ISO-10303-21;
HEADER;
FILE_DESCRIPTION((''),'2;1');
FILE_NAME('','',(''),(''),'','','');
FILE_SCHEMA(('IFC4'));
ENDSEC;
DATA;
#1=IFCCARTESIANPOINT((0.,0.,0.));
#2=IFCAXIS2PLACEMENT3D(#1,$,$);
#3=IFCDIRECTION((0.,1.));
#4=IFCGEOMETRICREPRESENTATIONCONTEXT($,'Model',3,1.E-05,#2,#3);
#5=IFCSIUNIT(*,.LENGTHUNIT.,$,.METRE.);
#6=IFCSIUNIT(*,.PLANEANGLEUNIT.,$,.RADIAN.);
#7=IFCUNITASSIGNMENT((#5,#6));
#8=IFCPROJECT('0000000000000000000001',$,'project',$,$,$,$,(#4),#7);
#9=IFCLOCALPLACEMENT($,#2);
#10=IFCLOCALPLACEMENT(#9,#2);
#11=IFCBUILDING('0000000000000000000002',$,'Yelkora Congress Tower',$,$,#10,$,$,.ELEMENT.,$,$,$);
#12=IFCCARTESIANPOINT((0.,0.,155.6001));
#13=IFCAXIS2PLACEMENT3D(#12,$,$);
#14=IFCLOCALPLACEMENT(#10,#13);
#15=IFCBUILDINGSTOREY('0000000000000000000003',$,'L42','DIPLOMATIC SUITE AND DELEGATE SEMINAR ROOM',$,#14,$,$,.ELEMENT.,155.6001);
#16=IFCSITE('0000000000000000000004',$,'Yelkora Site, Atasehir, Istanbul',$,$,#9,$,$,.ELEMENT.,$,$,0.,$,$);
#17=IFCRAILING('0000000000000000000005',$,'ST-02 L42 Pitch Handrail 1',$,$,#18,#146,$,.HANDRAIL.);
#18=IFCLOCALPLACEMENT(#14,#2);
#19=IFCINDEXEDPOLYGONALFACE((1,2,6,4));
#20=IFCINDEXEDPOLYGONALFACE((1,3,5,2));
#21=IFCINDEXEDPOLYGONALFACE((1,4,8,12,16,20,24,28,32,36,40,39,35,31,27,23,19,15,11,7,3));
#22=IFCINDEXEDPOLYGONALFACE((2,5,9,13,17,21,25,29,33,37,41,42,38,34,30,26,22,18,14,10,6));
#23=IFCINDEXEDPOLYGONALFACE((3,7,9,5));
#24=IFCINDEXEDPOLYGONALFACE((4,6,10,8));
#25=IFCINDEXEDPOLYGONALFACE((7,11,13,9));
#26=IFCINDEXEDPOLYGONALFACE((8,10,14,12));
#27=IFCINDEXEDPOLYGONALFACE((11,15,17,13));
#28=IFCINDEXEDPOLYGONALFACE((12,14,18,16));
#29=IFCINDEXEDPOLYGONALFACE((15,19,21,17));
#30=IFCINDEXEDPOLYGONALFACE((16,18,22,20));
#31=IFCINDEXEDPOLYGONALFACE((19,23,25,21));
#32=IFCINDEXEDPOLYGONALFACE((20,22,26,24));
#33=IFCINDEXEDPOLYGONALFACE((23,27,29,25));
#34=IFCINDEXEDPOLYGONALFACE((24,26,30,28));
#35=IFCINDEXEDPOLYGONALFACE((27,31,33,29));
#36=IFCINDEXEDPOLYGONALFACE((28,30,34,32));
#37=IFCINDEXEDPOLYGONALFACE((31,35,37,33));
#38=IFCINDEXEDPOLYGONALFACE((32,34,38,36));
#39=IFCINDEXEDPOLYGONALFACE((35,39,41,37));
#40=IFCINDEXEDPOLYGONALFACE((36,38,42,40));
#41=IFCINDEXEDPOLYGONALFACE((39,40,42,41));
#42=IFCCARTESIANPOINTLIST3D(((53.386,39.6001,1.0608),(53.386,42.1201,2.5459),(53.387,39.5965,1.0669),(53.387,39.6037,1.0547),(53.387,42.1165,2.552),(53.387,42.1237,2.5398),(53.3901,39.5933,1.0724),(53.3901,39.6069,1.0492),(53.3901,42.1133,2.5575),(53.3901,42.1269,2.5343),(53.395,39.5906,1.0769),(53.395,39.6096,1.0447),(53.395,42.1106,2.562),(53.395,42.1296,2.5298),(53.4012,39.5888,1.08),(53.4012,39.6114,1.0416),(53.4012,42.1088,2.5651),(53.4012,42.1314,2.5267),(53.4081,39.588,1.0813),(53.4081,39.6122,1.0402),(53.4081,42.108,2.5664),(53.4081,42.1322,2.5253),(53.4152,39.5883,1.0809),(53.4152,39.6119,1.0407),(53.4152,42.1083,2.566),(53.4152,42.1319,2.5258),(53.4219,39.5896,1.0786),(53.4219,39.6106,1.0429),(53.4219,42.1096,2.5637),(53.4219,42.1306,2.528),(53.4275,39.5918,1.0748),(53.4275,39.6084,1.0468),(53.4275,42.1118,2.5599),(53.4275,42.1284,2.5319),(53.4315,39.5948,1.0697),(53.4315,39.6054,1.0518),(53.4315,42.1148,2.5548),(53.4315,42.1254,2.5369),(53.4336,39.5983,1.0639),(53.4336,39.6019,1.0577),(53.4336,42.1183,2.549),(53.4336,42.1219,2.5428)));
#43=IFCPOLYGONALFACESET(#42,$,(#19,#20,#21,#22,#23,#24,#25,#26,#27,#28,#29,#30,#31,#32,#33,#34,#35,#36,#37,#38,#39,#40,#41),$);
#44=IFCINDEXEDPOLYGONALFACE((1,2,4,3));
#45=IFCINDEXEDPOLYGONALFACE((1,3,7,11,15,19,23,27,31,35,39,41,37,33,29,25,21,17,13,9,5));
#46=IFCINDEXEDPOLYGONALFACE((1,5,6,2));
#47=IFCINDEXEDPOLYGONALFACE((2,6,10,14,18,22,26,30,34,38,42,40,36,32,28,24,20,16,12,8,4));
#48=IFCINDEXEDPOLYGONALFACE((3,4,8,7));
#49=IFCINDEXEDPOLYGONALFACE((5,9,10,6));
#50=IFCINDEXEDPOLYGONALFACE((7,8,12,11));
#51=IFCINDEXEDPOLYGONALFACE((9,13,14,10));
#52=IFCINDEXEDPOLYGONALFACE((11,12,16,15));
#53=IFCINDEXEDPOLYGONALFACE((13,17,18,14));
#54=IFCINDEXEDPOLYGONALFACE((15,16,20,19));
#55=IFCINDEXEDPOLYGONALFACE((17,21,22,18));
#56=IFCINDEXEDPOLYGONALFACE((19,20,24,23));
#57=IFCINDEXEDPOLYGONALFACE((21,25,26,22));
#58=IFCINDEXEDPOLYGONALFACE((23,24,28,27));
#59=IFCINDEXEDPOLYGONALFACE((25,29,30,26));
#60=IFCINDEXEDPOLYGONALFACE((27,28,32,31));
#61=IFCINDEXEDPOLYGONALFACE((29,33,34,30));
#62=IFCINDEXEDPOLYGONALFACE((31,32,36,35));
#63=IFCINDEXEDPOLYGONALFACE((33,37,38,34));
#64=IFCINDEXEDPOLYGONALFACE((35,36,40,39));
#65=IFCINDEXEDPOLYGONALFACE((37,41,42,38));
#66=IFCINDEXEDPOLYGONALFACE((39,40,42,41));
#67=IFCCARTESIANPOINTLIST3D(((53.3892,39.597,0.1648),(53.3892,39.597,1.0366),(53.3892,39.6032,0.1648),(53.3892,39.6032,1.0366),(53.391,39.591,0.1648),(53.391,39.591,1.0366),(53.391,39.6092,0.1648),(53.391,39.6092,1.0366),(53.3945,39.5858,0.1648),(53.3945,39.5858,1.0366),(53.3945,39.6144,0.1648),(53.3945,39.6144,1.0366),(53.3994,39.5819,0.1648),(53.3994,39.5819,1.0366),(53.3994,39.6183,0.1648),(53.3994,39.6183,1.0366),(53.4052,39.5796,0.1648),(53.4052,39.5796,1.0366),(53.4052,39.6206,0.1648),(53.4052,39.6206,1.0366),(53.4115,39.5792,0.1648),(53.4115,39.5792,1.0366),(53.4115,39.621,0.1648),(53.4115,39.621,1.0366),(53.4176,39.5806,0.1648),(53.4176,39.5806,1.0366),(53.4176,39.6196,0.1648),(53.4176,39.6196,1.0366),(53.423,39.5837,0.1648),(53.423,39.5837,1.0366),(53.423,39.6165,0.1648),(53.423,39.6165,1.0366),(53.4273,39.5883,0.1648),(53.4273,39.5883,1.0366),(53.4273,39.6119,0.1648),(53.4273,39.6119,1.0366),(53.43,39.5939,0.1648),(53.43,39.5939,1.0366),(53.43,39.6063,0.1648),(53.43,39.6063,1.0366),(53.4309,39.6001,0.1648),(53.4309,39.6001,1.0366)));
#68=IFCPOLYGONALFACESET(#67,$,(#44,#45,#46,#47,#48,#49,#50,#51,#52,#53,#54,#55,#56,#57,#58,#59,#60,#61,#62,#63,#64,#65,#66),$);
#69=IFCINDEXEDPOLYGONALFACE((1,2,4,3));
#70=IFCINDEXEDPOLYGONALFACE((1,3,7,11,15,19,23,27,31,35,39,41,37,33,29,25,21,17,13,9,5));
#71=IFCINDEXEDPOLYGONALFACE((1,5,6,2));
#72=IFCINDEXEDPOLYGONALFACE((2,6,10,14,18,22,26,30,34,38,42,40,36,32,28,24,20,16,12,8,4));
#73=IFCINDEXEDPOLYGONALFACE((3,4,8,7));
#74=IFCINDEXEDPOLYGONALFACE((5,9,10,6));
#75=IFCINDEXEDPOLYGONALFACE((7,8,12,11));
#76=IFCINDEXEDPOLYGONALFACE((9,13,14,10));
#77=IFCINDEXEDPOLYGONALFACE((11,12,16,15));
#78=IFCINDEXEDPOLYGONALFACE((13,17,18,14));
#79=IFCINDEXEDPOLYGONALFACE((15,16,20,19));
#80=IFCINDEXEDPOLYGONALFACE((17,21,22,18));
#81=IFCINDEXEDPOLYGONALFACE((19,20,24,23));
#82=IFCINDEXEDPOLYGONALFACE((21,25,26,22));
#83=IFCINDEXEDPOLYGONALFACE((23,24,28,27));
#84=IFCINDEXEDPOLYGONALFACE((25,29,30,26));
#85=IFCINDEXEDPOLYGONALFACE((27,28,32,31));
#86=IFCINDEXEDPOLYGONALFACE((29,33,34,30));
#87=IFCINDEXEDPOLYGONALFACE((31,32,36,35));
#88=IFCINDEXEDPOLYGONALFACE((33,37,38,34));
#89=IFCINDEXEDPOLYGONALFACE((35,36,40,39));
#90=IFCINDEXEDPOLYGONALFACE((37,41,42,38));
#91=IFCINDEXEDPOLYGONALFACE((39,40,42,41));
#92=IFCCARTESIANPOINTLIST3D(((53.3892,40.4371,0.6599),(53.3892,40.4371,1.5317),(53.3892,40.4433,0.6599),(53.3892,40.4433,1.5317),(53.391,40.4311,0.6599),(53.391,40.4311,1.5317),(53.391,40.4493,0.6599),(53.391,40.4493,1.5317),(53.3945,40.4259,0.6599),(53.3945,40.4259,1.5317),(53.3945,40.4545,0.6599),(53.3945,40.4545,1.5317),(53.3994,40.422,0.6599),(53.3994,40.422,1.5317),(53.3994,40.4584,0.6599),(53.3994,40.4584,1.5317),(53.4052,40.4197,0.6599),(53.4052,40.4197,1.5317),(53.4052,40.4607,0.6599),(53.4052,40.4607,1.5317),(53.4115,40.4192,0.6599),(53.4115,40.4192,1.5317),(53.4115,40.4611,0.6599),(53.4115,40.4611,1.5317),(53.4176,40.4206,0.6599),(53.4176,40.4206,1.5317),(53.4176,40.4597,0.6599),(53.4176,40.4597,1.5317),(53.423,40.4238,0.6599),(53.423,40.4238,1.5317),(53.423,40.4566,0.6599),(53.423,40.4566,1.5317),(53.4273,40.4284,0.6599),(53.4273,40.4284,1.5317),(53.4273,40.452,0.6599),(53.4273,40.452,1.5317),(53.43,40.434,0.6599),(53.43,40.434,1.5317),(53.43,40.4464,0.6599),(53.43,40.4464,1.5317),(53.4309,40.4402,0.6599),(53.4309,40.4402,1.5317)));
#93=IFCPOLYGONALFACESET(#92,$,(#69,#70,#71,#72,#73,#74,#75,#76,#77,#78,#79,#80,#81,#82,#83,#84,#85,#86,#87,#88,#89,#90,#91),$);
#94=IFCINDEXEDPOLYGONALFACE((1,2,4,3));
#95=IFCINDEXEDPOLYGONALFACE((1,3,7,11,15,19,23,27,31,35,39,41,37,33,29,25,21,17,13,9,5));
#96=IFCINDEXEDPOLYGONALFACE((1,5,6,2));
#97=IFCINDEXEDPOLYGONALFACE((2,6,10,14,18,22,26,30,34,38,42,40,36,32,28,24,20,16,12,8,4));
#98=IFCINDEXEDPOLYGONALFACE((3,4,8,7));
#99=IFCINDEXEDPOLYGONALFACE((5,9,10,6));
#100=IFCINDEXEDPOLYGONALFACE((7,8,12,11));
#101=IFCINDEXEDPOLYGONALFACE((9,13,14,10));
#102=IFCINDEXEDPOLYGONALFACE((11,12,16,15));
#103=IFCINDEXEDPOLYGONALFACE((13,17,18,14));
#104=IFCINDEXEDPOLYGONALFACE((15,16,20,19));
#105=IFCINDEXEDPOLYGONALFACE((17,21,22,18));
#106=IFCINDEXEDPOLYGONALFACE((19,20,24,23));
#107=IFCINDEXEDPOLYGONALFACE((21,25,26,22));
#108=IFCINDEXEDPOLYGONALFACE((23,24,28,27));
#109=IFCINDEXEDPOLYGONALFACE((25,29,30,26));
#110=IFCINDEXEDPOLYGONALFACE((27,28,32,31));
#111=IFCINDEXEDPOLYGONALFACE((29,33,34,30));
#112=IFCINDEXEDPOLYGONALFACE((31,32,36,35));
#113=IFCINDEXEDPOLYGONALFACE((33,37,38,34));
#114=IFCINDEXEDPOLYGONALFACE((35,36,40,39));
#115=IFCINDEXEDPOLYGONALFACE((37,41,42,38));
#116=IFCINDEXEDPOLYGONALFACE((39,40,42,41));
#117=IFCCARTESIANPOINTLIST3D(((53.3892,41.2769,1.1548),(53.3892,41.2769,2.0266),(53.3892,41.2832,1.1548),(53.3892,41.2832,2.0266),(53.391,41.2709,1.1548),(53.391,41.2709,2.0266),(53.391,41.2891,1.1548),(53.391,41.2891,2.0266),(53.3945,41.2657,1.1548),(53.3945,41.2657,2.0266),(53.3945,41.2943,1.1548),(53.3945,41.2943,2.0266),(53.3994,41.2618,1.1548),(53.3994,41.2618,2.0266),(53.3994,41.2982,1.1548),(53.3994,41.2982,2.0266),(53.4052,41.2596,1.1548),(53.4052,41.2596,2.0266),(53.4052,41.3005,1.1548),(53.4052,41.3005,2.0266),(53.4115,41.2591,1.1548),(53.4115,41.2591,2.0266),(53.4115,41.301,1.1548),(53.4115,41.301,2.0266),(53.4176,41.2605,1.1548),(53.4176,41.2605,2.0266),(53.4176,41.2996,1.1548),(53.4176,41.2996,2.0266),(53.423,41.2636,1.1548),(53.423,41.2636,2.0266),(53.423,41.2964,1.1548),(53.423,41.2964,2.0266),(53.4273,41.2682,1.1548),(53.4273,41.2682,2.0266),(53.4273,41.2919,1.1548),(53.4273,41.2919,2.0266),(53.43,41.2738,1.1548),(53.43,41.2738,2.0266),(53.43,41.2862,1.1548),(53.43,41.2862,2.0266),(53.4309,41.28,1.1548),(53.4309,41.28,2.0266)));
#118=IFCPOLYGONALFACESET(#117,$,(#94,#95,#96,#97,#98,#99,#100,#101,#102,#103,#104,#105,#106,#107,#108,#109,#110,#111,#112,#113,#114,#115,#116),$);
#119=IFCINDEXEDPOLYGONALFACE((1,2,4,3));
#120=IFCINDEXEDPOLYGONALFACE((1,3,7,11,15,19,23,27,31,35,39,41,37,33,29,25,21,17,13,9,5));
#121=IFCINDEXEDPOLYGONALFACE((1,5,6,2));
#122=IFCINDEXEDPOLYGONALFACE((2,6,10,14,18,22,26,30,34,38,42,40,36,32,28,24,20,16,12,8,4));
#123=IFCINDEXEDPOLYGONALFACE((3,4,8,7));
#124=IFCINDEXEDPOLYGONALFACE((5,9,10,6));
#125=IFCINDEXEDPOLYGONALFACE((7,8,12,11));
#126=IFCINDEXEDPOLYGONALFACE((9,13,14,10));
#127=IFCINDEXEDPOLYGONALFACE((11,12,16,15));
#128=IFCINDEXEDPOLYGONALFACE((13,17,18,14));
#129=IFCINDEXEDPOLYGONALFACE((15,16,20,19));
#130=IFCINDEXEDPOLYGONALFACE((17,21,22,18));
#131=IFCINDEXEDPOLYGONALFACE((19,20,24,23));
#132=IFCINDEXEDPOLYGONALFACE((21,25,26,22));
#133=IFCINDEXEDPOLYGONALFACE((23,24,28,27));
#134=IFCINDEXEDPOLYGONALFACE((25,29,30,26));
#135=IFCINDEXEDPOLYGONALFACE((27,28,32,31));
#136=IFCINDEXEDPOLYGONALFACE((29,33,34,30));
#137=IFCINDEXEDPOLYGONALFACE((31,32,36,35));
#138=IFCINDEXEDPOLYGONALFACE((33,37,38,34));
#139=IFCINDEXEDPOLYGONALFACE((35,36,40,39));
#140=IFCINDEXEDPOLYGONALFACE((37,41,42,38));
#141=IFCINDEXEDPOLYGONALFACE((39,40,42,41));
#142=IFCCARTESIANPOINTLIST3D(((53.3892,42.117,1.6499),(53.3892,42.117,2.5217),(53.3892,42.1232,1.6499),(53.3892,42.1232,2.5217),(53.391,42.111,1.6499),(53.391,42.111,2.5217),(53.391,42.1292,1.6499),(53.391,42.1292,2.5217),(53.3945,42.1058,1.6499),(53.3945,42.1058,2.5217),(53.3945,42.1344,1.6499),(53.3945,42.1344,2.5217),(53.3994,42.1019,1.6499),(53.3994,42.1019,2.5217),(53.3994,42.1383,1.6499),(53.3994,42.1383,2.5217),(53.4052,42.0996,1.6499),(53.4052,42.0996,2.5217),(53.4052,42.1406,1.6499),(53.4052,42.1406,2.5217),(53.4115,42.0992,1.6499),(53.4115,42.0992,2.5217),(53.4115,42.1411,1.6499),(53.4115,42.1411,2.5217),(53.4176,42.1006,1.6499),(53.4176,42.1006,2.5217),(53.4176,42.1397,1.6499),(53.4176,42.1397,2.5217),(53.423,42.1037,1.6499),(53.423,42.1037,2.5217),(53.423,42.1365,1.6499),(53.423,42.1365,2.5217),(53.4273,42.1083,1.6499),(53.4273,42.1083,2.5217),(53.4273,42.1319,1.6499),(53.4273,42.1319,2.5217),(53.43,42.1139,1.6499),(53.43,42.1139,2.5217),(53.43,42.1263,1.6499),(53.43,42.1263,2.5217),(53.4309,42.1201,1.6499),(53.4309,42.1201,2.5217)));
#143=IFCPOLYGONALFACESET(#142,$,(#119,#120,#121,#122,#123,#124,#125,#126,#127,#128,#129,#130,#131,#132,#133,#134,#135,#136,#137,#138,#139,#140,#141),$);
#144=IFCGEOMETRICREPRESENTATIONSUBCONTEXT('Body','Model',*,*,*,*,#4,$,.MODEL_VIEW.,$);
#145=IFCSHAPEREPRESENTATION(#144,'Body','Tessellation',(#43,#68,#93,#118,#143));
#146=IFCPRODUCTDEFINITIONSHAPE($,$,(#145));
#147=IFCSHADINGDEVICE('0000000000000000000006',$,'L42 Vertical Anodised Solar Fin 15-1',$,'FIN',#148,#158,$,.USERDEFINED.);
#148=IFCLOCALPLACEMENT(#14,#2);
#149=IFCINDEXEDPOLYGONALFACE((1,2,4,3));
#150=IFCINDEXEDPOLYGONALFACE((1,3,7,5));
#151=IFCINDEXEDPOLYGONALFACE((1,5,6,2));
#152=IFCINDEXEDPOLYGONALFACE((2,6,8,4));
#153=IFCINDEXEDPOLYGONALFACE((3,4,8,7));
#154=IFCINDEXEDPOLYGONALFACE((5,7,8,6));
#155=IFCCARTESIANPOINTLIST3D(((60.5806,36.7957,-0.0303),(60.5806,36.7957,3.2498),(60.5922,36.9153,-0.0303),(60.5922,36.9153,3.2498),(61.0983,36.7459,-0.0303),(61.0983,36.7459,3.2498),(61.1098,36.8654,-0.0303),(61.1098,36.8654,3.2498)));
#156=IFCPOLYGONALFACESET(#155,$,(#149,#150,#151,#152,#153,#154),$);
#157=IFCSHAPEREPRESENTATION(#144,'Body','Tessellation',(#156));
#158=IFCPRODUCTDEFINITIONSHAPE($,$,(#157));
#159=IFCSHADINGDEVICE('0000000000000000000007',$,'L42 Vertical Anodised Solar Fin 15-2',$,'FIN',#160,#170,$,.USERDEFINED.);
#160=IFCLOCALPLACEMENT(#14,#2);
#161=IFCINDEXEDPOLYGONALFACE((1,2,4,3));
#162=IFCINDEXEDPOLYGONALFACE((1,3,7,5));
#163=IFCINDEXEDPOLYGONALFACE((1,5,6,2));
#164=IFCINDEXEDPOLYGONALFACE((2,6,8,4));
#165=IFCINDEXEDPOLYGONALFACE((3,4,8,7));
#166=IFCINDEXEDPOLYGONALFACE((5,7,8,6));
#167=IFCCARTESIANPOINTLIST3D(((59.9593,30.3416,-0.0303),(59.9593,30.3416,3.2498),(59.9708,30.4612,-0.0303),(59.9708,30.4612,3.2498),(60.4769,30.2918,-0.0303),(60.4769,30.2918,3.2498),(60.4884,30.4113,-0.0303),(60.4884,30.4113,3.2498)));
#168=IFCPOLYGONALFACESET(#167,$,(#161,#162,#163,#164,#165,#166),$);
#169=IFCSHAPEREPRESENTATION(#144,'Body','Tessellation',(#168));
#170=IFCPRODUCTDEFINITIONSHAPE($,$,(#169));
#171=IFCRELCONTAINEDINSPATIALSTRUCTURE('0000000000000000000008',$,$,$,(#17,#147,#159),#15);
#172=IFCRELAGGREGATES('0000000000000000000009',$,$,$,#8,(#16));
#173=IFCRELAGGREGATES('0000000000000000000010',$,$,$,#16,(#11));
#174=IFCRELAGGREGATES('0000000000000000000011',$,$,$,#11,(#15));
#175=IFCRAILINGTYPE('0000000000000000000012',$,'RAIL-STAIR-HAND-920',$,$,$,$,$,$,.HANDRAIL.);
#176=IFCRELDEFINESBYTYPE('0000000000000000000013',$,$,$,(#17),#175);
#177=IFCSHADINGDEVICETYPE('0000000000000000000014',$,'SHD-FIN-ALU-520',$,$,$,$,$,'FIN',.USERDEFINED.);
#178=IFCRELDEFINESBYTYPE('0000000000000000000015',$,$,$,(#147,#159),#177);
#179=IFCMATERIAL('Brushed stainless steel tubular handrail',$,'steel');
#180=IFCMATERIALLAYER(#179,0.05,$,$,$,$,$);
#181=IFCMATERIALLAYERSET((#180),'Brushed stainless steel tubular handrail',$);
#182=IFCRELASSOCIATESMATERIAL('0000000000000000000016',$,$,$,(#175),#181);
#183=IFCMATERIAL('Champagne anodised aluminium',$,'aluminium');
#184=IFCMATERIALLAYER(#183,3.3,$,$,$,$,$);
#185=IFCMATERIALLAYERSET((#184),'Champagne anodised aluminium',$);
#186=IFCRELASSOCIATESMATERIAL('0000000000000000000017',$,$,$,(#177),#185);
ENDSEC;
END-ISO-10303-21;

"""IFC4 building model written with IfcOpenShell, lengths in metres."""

from ifc_helpers import new_model, si_unit, direction, frame, origin, origin_2d, place, context, subcontext, project, spatial, rectangle, circle, extrude, material, layer, layer_set, type_object, element, save


model = new_model("IFC4")

# Units and contexts
model_context = context("Model", 3, precision=1e-05, world=origin(), true_north=direction((0.0, 1.0)))
body_context = subcontext(model_context, "Body", "Model", "MODEL_VIEW")
ifc_project = project(units=[si_unit("LENGTHUNIT", "METRE"), si_unit("PLANEANGLEUNIT", "RADIAN")], contexts=[model_context])

# Site, building, storey
site_placement = place(None, origin())
site = spatial("IfcSite", under=ifc_project, at=site_placement, Name="Yelkora Site, Atasehir, Istanbul", CompositionType="ELEMENT", RefElevation=0.0)
building_placement = place(site_placement, origin())
building = spatial("IfcBuilding", under=site, at=building_placement, Name="Yelkora Congress Tower", CompositionType="ELEMENT")
storey_placement = place(building_placement, frame((0.0, 0.0, 155.6001)))
storey = spatial("IfcBuildingStorey", under=building, at=storey_placement, Name="L42", Description="DIPLOMATIC SUITE AND DELEGATE SEMINAR ROOM", CompositionType="ELEMENT", Elevation=155.6001)

# Railing
ifc_material_1 = material(Name="Brushed stainless steel tubular handrail", Category="steel")
ifc_layer_1 = layer(ifc_material_1, 0.05)
ifc_layer_set_1 = layer_set([ifc_layer_1], Name="Brushed stainless steel tubular handrail")
railing_type_1 = type_object("IfcRailingType", Name="RAIL-STAIR-HAND-920", PredefinedType="HANDRAIL", material=ifc_layer_set_1)
railing_1_placement = place(storey_placement, frame((53.4099, 39.6001, 0.1648)))
element("IfcRailing", 1, at=railing_1_placement, inside=storey, type_object=railing_type_1, Name="ST-02 L42 Pitch Handrail 1", PredefinedType="HANDRAIL", context=body_context, shape_type="SweptSolid", body=[
    extrude(circle(Radius=0.0239, at=origin_2d()), frame((0.0, 0.0, 0.896), z_axis=(0.0, 0.861524, 0.507717), x_axis=(-1.0, 0.0, 0.0)), (0.0, 0.0, 1.0), 2.925),
    extrude(circle(Radius=0.021, at=origin_2d()), origin(), (0.0, 0.0, 1.0), 0.8718),
    extrude(circle(Radius=0.021, at=origin_2d()), frame((0.0, 0.8401, 0.4951)), (0.0, 0.0, 1.0), 0.8718),
    extrude(circle(Radius=0.021, at=origin_2d()), frame((0.0, 1.6799, 0.99)), (0.0, 0.0, 1.0), 0.8718),
    extrude(circle(Radius=0.021, at=origin_2d()), frame((0.0, 2.52, 1.4851)), (0.0, 0.0, 1.0), 0.8718),
])

# Shading devices
ifc_material_2 = material(Name="Champagne anodised aluminium", Category="aluminium")
ifc_layer_2 = layer(ifc_material_2, 3.3)
ifc_layer_set_2 = layer_set([ifc_layer_2], Name="Champagne anodised aluminium")
shading_device_type = type_object("IfcShadingDeviceType", Name="SHD-FIN-ALU-520", ElementType="FIN", PredefinedType="USERDEFINED", material=ifc_layer_set_2)
for number, where, z_axis, x_axis, name in (
    (2, (60.8452, 36.8306, -0.0303), (0.0, 0.0, 1.0), (-0.095846, -0.995396, 0.0), "L42 Vertical Anodised Solar Fin 15-1"),
    (3, (60.2239, 30.3765, -0.0303), (0.0, 0.0, 1.0), (-0.095846, -0.995396, 0.0), "L42 Vertical Anodised Solar Fin 15-2"),
):
    element("IfcShadingDevice", number, at=place(storey_placement, frame(where, z_axis=z_axis, x_axis=x_axis)), inside=storey, type_object=shading_device_type, Name=name, ObjectType="FIN", PredefinedType="USERDEFINED", context=body_context, shape_type="SweptSolid", body=[
        extrude(rectangle(XDim=0.1201, YDim=0.52, at=origin_2d()), origin(), (0.0, 0.0, 1.0), 3.28),
    ])

save(model, "model.ifc")
